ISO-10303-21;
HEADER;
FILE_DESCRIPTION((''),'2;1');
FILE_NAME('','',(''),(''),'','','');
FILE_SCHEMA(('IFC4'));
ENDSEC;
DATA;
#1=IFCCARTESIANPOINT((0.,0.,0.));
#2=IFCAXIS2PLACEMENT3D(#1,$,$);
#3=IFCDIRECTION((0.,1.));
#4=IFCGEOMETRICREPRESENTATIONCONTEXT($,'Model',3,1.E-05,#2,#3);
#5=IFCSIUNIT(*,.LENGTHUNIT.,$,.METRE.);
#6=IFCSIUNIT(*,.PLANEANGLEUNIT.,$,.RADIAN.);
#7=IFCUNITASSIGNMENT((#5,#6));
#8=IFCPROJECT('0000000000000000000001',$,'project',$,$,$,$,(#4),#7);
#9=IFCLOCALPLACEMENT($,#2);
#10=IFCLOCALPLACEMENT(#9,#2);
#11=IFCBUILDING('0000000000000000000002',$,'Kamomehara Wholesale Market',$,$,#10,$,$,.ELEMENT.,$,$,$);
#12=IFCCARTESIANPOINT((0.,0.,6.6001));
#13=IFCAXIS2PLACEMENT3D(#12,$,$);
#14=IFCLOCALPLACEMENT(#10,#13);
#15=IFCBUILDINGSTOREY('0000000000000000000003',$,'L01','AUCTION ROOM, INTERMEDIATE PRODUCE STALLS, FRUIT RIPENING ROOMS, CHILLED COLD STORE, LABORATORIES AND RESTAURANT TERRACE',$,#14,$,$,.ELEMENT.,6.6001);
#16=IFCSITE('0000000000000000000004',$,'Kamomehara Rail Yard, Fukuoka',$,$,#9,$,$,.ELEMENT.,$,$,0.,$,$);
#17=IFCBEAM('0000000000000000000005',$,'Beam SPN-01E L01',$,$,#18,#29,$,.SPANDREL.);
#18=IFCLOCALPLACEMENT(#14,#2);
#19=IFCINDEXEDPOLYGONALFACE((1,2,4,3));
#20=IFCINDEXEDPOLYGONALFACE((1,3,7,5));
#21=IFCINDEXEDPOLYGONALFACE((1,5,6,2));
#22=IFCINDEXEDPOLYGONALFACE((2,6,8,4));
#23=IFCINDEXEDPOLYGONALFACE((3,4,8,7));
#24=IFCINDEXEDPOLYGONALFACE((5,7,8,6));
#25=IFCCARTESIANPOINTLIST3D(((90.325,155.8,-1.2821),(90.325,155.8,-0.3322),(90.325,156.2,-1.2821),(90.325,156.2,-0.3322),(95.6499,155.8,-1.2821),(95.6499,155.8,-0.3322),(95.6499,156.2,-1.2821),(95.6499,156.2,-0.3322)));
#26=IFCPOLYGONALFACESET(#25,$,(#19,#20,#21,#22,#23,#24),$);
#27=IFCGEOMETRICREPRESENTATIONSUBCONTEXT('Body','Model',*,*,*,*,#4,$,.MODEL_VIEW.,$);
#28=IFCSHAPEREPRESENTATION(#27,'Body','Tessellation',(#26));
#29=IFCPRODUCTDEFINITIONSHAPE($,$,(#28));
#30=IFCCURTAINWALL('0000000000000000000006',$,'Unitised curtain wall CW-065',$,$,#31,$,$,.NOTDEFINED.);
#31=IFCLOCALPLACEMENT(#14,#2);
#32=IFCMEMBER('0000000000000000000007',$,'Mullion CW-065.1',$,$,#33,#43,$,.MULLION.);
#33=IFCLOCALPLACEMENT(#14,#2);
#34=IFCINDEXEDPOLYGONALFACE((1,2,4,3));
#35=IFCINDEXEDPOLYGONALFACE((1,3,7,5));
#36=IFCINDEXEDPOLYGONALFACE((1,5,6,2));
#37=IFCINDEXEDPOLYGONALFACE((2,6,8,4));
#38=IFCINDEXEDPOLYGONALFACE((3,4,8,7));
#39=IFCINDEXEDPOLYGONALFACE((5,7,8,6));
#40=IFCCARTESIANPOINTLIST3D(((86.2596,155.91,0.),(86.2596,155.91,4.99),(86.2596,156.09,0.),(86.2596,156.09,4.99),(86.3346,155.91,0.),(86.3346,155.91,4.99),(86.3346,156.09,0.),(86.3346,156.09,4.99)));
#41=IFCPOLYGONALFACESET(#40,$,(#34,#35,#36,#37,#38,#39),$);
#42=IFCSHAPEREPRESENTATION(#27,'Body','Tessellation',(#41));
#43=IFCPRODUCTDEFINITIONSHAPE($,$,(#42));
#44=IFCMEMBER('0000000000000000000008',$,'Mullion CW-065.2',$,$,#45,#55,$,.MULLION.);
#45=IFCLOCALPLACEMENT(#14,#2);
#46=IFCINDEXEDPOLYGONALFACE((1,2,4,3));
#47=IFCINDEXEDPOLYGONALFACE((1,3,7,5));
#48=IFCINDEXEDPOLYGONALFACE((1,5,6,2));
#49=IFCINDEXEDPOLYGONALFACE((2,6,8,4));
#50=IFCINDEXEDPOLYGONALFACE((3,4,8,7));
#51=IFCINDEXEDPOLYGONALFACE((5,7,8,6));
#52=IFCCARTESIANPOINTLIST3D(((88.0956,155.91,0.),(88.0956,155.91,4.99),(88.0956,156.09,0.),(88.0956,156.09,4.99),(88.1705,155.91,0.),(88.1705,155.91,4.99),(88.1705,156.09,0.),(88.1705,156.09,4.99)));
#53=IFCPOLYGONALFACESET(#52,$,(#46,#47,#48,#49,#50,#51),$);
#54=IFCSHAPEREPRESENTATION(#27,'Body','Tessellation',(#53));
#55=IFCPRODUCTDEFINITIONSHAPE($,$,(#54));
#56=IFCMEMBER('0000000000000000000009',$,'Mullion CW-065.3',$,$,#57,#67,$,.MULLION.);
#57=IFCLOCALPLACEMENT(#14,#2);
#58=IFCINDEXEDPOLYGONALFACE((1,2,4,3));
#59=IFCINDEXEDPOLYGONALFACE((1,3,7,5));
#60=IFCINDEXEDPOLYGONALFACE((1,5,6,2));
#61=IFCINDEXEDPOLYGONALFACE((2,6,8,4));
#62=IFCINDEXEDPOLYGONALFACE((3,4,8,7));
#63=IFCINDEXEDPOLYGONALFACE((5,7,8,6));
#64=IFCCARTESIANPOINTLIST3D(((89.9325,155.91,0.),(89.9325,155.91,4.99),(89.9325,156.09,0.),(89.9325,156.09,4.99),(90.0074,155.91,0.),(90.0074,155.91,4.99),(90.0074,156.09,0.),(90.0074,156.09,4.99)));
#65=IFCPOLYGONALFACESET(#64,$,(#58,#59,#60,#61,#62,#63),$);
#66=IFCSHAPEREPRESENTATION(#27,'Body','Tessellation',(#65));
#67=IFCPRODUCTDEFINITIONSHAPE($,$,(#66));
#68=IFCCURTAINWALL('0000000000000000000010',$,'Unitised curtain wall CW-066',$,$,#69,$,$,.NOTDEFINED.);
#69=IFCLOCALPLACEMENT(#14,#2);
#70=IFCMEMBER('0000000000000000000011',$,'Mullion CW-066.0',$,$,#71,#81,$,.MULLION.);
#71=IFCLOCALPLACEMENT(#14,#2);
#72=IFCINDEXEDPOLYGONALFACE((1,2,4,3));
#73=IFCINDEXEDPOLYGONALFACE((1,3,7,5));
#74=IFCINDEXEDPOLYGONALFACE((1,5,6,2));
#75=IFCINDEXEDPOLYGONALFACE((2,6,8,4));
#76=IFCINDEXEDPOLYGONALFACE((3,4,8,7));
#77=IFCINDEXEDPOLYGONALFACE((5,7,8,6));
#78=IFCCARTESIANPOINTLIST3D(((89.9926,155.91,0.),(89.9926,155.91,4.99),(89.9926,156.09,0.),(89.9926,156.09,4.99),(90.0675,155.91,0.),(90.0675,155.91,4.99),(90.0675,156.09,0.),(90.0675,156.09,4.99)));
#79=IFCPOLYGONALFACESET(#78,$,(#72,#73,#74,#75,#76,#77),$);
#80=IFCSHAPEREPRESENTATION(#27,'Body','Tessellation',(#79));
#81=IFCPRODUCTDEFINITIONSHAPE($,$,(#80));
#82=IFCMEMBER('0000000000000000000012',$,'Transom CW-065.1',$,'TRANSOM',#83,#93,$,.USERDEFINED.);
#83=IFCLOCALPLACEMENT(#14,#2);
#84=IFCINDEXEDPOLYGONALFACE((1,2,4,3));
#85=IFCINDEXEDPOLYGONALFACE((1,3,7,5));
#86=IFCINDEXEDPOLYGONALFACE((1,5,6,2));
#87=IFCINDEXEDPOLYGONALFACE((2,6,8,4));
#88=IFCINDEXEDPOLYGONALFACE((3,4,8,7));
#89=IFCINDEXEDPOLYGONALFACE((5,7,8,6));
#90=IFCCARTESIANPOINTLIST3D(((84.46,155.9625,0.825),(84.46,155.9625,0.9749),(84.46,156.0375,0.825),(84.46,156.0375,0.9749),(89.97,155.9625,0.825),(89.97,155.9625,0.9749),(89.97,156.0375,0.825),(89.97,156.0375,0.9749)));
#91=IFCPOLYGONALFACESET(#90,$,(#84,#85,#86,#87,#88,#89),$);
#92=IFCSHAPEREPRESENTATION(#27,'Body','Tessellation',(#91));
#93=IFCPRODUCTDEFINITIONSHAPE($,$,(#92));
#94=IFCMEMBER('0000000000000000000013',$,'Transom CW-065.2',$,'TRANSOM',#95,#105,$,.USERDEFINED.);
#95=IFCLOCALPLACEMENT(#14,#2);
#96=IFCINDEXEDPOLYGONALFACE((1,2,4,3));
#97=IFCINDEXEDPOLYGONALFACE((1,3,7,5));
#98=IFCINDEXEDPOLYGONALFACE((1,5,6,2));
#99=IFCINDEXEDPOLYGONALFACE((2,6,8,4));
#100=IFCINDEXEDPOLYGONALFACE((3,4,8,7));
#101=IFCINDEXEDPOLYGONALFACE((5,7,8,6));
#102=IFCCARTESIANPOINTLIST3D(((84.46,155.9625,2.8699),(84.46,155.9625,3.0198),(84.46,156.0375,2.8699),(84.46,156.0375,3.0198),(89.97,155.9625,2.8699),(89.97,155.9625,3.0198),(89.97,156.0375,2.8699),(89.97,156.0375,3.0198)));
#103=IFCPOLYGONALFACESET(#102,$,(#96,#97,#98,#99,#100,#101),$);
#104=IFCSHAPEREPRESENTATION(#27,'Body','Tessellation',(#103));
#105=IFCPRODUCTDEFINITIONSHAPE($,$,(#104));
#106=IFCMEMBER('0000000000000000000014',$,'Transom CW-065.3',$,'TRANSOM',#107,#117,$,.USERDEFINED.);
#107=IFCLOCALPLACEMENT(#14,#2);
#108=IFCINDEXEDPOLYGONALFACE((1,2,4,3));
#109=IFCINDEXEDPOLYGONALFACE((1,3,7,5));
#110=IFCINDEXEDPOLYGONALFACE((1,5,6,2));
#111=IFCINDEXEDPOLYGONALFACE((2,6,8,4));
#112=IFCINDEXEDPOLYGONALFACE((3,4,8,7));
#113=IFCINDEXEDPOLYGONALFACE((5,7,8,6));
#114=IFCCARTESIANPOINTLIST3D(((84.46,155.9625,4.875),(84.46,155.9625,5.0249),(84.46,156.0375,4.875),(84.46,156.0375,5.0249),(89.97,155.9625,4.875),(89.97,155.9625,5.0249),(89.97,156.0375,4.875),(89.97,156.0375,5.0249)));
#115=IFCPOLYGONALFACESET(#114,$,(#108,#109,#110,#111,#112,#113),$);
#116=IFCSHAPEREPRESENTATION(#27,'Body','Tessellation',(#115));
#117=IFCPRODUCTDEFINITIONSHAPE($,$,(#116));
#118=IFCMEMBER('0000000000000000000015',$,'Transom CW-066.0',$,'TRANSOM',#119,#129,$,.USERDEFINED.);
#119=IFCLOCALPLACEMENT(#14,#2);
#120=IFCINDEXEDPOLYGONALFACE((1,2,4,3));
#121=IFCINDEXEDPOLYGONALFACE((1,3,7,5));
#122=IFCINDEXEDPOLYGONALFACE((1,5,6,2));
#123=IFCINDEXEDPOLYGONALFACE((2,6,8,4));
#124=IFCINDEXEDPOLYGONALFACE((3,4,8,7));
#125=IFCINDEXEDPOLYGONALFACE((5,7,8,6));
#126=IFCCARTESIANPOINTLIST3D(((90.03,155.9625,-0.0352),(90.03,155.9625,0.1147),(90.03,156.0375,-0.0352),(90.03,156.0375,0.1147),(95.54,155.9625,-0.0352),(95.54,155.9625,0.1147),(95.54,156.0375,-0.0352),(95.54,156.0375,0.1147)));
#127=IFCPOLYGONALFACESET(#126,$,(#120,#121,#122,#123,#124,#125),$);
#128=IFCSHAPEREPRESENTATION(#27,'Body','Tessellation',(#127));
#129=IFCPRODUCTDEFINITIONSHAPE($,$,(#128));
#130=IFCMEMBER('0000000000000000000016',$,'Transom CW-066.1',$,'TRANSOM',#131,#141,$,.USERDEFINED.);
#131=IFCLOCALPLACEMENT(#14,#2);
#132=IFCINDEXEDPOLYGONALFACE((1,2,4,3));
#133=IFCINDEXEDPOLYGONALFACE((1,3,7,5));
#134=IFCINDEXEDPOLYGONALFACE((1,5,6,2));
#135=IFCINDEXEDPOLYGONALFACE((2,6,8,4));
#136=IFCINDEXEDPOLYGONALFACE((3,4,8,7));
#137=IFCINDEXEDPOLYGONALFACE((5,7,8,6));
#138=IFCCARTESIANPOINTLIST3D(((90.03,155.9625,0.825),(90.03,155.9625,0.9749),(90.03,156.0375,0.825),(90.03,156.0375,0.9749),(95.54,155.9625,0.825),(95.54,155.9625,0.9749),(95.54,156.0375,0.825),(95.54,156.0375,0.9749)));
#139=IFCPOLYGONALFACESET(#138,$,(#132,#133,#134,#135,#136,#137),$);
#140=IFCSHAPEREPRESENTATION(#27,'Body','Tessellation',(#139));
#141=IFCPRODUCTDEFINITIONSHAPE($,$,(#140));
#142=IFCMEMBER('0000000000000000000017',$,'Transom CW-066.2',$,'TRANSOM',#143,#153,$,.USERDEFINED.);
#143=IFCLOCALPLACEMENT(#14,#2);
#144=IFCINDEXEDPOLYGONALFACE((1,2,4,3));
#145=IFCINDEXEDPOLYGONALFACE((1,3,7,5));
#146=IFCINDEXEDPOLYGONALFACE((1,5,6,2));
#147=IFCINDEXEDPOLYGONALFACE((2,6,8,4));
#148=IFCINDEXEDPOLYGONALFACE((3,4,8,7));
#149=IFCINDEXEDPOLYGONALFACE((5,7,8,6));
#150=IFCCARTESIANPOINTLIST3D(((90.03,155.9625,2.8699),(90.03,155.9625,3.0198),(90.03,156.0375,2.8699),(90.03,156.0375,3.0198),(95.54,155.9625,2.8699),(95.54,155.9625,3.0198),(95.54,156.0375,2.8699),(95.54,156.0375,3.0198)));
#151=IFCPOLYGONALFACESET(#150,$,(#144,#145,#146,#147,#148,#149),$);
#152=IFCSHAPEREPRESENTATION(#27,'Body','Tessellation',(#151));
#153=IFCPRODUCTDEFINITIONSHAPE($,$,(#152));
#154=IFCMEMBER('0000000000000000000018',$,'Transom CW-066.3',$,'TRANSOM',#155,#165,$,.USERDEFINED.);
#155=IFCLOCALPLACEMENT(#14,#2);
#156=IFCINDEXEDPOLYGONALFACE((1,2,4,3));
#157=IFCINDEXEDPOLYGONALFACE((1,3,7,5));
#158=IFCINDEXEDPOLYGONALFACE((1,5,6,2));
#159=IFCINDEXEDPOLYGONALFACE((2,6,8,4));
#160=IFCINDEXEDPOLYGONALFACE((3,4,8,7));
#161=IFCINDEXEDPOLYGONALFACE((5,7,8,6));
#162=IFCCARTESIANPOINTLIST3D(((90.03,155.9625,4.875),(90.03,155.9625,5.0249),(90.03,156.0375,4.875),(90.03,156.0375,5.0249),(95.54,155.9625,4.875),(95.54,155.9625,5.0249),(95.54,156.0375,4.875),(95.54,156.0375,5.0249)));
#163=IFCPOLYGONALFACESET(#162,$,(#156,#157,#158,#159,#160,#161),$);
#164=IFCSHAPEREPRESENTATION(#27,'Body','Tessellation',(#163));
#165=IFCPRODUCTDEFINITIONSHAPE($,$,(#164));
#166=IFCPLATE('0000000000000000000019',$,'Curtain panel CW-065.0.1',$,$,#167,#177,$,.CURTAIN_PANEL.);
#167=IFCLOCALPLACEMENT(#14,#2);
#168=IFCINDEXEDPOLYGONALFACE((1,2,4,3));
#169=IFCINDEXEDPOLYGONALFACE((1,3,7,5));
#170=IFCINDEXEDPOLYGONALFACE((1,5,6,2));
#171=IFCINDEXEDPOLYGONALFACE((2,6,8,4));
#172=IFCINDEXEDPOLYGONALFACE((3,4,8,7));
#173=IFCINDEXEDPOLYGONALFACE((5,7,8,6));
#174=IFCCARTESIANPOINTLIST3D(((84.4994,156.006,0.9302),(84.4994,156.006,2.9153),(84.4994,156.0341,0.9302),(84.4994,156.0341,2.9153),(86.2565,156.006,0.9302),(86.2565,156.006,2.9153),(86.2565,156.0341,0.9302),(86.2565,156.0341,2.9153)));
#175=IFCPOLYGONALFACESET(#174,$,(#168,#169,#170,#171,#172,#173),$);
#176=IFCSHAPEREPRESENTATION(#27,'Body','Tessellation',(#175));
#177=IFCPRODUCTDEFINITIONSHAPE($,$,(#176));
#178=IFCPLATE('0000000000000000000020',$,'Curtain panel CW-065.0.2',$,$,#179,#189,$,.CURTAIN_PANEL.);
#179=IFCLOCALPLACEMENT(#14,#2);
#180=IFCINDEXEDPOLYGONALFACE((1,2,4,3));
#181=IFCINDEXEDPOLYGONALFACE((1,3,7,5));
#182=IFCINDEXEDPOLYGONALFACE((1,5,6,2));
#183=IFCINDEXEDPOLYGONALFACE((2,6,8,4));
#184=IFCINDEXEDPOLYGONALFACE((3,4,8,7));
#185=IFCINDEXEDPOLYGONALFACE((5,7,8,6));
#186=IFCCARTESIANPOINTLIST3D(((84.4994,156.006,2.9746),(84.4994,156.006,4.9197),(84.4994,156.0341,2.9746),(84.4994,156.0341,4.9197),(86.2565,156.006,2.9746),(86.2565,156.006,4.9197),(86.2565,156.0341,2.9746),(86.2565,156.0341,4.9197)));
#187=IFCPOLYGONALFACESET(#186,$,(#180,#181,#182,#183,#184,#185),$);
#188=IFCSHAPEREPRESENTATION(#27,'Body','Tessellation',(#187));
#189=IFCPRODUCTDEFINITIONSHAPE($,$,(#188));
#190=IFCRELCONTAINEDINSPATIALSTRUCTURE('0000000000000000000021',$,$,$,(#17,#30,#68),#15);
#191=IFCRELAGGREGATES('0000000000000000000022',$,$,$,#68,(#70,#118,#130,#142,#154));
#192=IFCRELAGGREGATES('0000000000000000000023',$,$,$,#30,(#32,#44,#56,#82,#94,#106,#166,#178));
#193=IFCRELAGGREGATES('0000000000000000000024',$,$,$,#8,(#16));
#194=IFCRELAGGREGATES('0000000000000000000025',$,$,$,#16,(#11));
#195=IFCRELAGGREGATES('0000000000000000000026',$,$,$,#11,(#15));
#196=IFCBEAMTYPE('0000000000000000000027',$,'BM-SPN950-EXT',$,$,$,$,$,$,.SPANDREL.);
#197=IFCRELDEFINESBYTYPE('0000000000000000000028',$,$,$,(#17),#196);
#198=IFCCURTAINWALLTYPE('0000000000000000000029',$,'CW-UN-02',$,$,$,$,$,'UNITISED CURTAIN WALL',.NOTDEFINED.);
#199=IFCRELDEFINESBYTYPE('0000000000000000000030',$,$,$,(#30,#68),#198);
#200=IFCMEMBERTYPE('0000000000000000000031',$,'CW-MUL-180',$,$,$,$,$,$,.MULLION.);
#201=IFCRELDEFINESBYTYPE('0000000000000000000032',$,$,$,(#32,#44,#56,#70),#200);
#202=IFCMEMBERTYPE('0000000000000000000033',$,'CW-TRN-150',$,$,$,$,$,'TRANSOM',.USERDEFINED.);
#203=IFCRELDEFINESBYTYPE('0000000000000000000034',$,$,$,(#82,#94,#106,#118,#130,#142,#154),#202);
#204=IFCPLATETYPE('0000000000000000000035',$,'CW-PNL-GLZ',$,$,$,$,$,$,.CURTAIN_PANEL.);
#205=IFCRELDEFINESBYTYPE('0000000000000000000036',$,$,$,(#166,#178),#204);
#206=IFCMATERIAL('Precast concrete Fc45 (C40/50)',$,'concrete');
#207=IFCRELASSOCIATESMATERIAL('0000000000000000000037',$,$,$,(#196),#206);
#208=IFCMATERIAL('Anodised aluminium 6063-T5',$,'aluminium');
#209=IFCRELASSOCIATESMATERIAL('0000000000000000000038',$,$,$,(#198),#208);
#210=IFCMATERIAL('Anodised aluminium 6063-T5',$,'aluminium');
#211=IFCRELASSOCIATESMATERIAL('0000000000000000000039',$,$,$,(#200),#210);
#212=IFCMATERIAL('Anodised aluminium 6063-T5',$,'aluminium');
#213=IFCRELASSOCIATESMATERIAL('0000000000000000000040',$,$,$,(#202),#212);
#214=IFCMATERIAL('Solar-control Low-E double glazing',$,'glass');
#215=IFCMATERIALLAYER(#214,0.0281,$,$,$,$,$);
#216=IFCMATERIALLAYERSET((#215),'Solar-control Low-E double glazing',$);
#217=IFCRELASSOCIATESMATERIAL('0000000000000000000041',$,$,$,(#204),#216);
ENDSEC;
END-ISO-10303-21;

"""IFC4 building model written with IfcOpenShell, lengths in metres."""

from ifc_helpers import new_model, si_unit, direction, frame, origin, origin_2d, place, context, subcontext, project, spatial, rectangle, extrude, material, layer, layer_set, material_profile, profile_set, type_object, element, aggregate, save


model = new_model("IFC4")

# Units and contexts
model_context = context("Model", 3, precision=1e-05, world=origin(), true_north=direction((0.0, 1.0)))
body_context = subcontext(model_context, "Body", "Model", "MODEL_VIEW")
ifc_project = project(units=[si_unit("LENGTHUNIT", "METRE"), si_unit("PLANEANGLEUNIT", "RADIAN")], contexts=[model_context])

# Site, building, storey
site_placement = place(None, origin())
site = spatial("IfcSite", under=ifc_project, at=site_placement, Name="Kamomehara Rail Yard, Fukuoka", CompositionType="ELEMENT", RefElevation=0.0)
building_placement = place(site_placement, origin())
building = spatial("IfcBuilding", under=site, at=building_placement, Name="Kamomehara Wholesale Market", CompositionType="ELEMENT")
storey_placement = place(building_placement, frame((0.0, 0.0, 6.6001)))
storey = spatial("IfcBuildingStorey", under=building, at=storey_placement, Name="L01", Description="AUCTION ROOM, INTERMEDIATE PRODUCE STALLS, FRUIT RIPENING ROOMS, CHILLED COLD STORE, LABORATORIES AND RESTAURANT TERRACE", CompositionType="ELEMENT", Elevation=6.6001)

# Beam
ifc_material_1 = material(Name="Precast concrete Fc45 (C40/50)", Category="concrete")
ifc_material_profile_1 = material_profile(ifc_material_1, rectangle(XDim=0.3999, YDim=0.95, at=origin_2d()), Name="PC-SPN-400x950")
ifc_profile_set_1 = profile_set([ifc_material_profile_1], Name="Precast concrete Fc45 (C40/50)")
beam_type = type_object("IfcBeamType", Name="BM-SPN950-EXT", PredefinedType="SPANDREL", material=ifc_profile_set_1)
beam_placement = place(storey_placement, frame((90.325, 156.0, -0.8071), z_axis=(1.0, 0.0, 0.0), x_axis=(0.0, 1.0, 0.0)))
element("IfcBeam", 1, at=beam_placement, inside=storey, type_object=beam_type, Name="Beam SPN-01E L01", PredefinedType="SPANDREL", context=body_context, shape_type="SweptSolid", body=[
    extrude(rectangle(XDim=0.3999, YDim=0.95, at=origin_2d()), origin(), (0.0, 0.0, 1.0), 5.325),
])

# Curtain wall, members
ifc_material_2 = material(Name="Anodised aluminium 6063-T5", Category="aluminium")
curtain_wall_type = type_object("IfcCurtainWallType", Name="CW-UN-02", ElementType="UNITISED CURTAIN WALL", PredefinedType="NOTDEFINED", material=ifc_material_2)
curtain_wall_1_placement = place(storey_placement, origin())
curtain_wall_1 = element("IfcCurtainWall", 2, at=curtain_wall_1_placement, inside=storey, type_object=curtain_wall_type, Name="Unitised curtain wall CW-065", PredefinedType="NOTDEFINED")
ifc_material_3 = material(Name="Anodised aluminium 6063-T5", Category="aluminium")
ifc_material_profile_2 = material_profile(ifc_material_3, rectangle(XDim=0.075, YDim=0.1799, at=origin_2d()), Name="ALU-MUL-75x180")
ifc_profile_set_2 = profile_set([ifc_material_profile_2], Name="Anodised aluminium 6063-T5")
member_type_1 = type_object("IfcMemberType", Name="CW-MUL-180", PredefinedType="MULLION", material=ifc_profile_set_2)
member_1_placement = place(storey_placement, frame((86.2971, 156.0, 0.0), z_axis=(0.0, 0.0, 1.0), x_axis=(1.0, 0.0, 0.0)))
member_1 = element("IfcMember", 3, at=member_1_placement, type_object=member_type_1, Name="Mullion CW-065.1", PredefinedType="MULLION", context=body_context, shape_type="SweptSolid", body=[
    extrude(rectangle(XDim=0.075, YDim=0.1799, at=origin_2d()), origin(), (0.0, 0.0, 1.0), 4.99),
])
member_2_placement = place(storey_placement, frame((88.1331, 156.0, 0.0), z_axis=(0.0, 0.0, 1.0), x_axis=(1.0, 0.0, 0.0)))
member_2 = element("IfcMember", 4, at=member_2_placement, type_object=member_type_1, Name="Mullion CW-065.2", PredefinedType="MULLION", context=body_context, shape_type="SweptSolid", body=[
    extrude(rectangle(XDim=0.075, YDim=0.1799, at=origin_2d()), origin(), (0.0, 0.0, 1.0), 4.99),
])
member_3_placement = place(storey_placement, frame((89.97, 156.0, 0.0), z_axis=(0.0, 0.0, 1.0), x_axis=(1.0, 0.0, 0.0)))
member_3 = element("IfcMember", 5, at=member_3_placement, type_object=member_type_1, Name="Mullion CW-065.3", PredefinedType="MULLION", context=body_context, shape_type="SweptSolid", body=[
    extrude(rectangle(XDim=0.075, YDim=0.1799, at=origin_2d()), origin(), (0.0, 0.0, 1.0), 4.99),
])

# Curtain wall, member
curtain_wall_2_placement = place(storey_placement, origin())
curtain_wall_2 = element("IfcCurtainWall", 6, at=curtain_wall_2_placement, inside=storey, type_object=curtain_wall_type, Name="Unitised curtain wall CW-066", PredefinedType="NOTDEFINED")
member_4_placement = place(storey_placement, frame((90.03, 156.0, 0.0), z_axis=(0.0, 0.0, 1.0), x_axis=(1.0, 0.0, 0.0)))
member_4 = element("IfcMember", 7, at=member_4_placement, type_object=member_type_1, Name="Mullion CW-066.0", PredefinedType="MULLION", context=body_context, shape_type="SweptSolid", body=[
    extrude(rectangle(XDim=0.075, YDim=0.1799, at=origin_2d()), origin(), (0.0, 0.0, 1.0), 4.99),
])

# Members
ifc_material_4 = material(Name="Anodised aluminium 6063-T5", Category="aluminium")
ifc_material_profile_3 = material_profile(ifc_material_4, rectangle(XDim=0.075, YDim=0.1499, at=origin_2d()), Name="ALU-TRN-75x150")
ifc_profile_set_3 = profile_set([ifc_material_profile_3], Name="Anodised aluminium 6063-T5")
member_type_2 = type_object("IfcMemberType", Name="CW-TRN-150", ElementType="TRANSOM", PredefinedType="USERDEFINED", material=ifc_profile_set_3)
member_5_placement = place(storey_placement, frame((84.46, 156.0, 0.8999), z_axis=(1.0, 0.0, 0.0), x_axis=(0.0, 1.0, 0.0)))
member_5 = element("IfcMember", 8, at=member_5_placement, type_object=member_type_2, Name="Transom CW-065.1", ObjectType="TRANSOM", PredefinedType="USERDEFINED", context=body_context, shape_type="SweptSolid", body=[
    extrude(rectangle(XDim=0.075, YDim=0.1499, at=origin_2d()), origin(), (0.0, 0.0, 1.0), 5.51),
])
member_6_placement = place(storey_placement, frame((84.46, 156.0, 2.9448), z_axis=(1.0, 0.0, 0.0), x_axis=(0.0, 1.0, 0.0)))
member_6 = element("IfcMember", 9, at=member_6_placement, type_object=member_type_2, Name="Transom CW-065.2", ObjectType="TRANSOM", PredefinedType="USERDEFINED", context=body_context, shape_type="SweptSolid", body=[
    extrude(rectangle(XDim=0.075, YDim=0.1499, at=origin_2d()), origin(), (0.0, 0.0, 1.0), 5.51),
])
member_7_placement = place(storey_placement, frame((84.46, 156.0, 4.95), z_axis=(1.0, 0.0, 0.0), x_axis=(0.0, 1.0, 0.0)))
member_7 = element("IfcMember", 10, at=member_7_placement, type_object=member_type_2, Name="Transom CW-065.3", ObjectType="TRANSOM", PredefinedType="USERDEFINED", context=body_context, shape_type="SweptSolid", body=[
    extrude(rectangle(XDim=0.075, YDim=0.1499, at=origin_2d()), origin(), (0.0, 0.0, 1.0), 5.51),
])
member_8_placement = place(storey_placement, frame((90.03, 156.0, 0.0398), z_axis=(1.0, 0.0, 0.0), x_axis=(0.0, 1.0, 0.0)))
member_8 = element("IfcMember", 11, at=member_8_placement, type_object=member_type_2, Name="Transom CW-066.0", ObjectType="TRANSOM", PredefinedType="USERDEFINED", context=body_context, shape_type="SweptSolid", body=[
    extrude(rectangle(XDim=0.075, YDim=0.1499, at=origin_2d()), origin(), (0.0, 0.0, 1.0), 5.51),
])
member_9_placement = place(storey_placement, frame((90.03, 156.0, 0.8999), z_axis=(1.0, 0.0, 0.0), x_axis=(0.0, 1.0, 0.0)))
member_9 = element("IfcMember", 12, at=member_9_placement, type_object=member_type_2, Name="Transom CW-066.1", ObjectType="TRANSOM", PredefinedType="USERDEFINED", context=body_context, shape_type="SweptSolid", body=[
    extrude(rectangle(XDim=0.075, YDim=0.1499, at=origin_2d()), origin(), (0.0, 0.0, 1.0), 5.51),
])
member_10_placement = place(storey_placement, frame((90.03, 156.0, 2.9448), z_axis=(1.0, 0.0, 0.0), x_axis=(0.0, 1.0, 0.0)))
member_10 = element("IfcMember", 13, at=member_10_placement, type_object=member_type_2, Name="Transom CW-066.2", ObjectType="TRANSOM", PredefinedType="USERDEFINED", context=body_context, shape_type="SweptSolid", body=[
    extrude(rectangle(XDim=0.075, YDim=0.1499, at=origin_2d()), origin(), (0.0, 0.0, 1.0), 5.51),
])
member_11_placement = place(storey_placement, frame((90.03, 156.0, 4.95), z_axis=(1.0, 0.0, 0.0), x_axis=(0.0, 1.0, 0.0)))
member_11 = element("IfcMember", 14, at=member_11_placement, type_object=member_type_2, Name="Transom CW-066.3", ObjectType="TRANSOM", PredefinedType="USERDEFINED", context=body_context, shape_type="SweptSolid", body=[
    extrude(rectangle(XDim=0.075, YDim=0.1499, at=origin_2d()), origin(), (0.0, 0.0, 1.0), 5.51),
])
aggregate(curtain_wall_2, [member_4, member_8, member_9, member_10, member_11])

# Plates
ifc_material_5 = material(Name="Solar-control Low-E double glazing", Category="glass")
ifc_layer_1 = layer(ifc_material_5, 0.0281)
ifc_layer_set_1 = layer_set([ifc_layer_1], Name="Solar-control Low-E double glazing")
plate_type_1 = type_object("IfcPlateType", Name="CW-PNL-GLZ", PredefinedType="CURTAIN_PANEL", material=ifc_layer_set_1)
plate_1_placement = place(storey_placement, frame((85.3779, 156.02, 0.9302), z_axis=(0.0, 0.0, 1.0), x_axis=(1.0, 0.0, 0.0)))
plate_1 = element("IfcPlate", 15, at=plate_1_placement, type_object=plate_type_1, Name="Curtain panel CW-065.0.1", PredefinedType="CURTAIN_PANEL", context=body_context, shape_type="SweptSolid", body=[
    extrude(rectangle(XDim=1.7571, YDim=0.0281, at=origin_2d()), origin(), (0.0, 0.0, 1.0), 1.9851),
])
plate_2_placement = place(storey_placement, frame((85.3779, 156.02, 2.9746), z_axis=(0.0, 0.0, 1.0), x_axis=(1.0, 0.0, 0.0)))
plate_2 = element("IfcPlate", 16, at=plate_2_placement, type_object=plate_type_1, Name="Curtain panel CW-065.0.2", PredefinedType="CURTAIN_PANEL", context=body_context, shape_type="SweptSolid", body=[
    extrude(rectangle(XDim=1.7571, YDim=0.0281, at=origin_2d()), origin(), (0.0, 0.0, 1.0), 1.9451),
])
aggregate(curtain_wall_1, [member_1, member_2, member_3, member_5, member_6, member_7, plate_1, plate_2])

save(model, "model.ifc")
